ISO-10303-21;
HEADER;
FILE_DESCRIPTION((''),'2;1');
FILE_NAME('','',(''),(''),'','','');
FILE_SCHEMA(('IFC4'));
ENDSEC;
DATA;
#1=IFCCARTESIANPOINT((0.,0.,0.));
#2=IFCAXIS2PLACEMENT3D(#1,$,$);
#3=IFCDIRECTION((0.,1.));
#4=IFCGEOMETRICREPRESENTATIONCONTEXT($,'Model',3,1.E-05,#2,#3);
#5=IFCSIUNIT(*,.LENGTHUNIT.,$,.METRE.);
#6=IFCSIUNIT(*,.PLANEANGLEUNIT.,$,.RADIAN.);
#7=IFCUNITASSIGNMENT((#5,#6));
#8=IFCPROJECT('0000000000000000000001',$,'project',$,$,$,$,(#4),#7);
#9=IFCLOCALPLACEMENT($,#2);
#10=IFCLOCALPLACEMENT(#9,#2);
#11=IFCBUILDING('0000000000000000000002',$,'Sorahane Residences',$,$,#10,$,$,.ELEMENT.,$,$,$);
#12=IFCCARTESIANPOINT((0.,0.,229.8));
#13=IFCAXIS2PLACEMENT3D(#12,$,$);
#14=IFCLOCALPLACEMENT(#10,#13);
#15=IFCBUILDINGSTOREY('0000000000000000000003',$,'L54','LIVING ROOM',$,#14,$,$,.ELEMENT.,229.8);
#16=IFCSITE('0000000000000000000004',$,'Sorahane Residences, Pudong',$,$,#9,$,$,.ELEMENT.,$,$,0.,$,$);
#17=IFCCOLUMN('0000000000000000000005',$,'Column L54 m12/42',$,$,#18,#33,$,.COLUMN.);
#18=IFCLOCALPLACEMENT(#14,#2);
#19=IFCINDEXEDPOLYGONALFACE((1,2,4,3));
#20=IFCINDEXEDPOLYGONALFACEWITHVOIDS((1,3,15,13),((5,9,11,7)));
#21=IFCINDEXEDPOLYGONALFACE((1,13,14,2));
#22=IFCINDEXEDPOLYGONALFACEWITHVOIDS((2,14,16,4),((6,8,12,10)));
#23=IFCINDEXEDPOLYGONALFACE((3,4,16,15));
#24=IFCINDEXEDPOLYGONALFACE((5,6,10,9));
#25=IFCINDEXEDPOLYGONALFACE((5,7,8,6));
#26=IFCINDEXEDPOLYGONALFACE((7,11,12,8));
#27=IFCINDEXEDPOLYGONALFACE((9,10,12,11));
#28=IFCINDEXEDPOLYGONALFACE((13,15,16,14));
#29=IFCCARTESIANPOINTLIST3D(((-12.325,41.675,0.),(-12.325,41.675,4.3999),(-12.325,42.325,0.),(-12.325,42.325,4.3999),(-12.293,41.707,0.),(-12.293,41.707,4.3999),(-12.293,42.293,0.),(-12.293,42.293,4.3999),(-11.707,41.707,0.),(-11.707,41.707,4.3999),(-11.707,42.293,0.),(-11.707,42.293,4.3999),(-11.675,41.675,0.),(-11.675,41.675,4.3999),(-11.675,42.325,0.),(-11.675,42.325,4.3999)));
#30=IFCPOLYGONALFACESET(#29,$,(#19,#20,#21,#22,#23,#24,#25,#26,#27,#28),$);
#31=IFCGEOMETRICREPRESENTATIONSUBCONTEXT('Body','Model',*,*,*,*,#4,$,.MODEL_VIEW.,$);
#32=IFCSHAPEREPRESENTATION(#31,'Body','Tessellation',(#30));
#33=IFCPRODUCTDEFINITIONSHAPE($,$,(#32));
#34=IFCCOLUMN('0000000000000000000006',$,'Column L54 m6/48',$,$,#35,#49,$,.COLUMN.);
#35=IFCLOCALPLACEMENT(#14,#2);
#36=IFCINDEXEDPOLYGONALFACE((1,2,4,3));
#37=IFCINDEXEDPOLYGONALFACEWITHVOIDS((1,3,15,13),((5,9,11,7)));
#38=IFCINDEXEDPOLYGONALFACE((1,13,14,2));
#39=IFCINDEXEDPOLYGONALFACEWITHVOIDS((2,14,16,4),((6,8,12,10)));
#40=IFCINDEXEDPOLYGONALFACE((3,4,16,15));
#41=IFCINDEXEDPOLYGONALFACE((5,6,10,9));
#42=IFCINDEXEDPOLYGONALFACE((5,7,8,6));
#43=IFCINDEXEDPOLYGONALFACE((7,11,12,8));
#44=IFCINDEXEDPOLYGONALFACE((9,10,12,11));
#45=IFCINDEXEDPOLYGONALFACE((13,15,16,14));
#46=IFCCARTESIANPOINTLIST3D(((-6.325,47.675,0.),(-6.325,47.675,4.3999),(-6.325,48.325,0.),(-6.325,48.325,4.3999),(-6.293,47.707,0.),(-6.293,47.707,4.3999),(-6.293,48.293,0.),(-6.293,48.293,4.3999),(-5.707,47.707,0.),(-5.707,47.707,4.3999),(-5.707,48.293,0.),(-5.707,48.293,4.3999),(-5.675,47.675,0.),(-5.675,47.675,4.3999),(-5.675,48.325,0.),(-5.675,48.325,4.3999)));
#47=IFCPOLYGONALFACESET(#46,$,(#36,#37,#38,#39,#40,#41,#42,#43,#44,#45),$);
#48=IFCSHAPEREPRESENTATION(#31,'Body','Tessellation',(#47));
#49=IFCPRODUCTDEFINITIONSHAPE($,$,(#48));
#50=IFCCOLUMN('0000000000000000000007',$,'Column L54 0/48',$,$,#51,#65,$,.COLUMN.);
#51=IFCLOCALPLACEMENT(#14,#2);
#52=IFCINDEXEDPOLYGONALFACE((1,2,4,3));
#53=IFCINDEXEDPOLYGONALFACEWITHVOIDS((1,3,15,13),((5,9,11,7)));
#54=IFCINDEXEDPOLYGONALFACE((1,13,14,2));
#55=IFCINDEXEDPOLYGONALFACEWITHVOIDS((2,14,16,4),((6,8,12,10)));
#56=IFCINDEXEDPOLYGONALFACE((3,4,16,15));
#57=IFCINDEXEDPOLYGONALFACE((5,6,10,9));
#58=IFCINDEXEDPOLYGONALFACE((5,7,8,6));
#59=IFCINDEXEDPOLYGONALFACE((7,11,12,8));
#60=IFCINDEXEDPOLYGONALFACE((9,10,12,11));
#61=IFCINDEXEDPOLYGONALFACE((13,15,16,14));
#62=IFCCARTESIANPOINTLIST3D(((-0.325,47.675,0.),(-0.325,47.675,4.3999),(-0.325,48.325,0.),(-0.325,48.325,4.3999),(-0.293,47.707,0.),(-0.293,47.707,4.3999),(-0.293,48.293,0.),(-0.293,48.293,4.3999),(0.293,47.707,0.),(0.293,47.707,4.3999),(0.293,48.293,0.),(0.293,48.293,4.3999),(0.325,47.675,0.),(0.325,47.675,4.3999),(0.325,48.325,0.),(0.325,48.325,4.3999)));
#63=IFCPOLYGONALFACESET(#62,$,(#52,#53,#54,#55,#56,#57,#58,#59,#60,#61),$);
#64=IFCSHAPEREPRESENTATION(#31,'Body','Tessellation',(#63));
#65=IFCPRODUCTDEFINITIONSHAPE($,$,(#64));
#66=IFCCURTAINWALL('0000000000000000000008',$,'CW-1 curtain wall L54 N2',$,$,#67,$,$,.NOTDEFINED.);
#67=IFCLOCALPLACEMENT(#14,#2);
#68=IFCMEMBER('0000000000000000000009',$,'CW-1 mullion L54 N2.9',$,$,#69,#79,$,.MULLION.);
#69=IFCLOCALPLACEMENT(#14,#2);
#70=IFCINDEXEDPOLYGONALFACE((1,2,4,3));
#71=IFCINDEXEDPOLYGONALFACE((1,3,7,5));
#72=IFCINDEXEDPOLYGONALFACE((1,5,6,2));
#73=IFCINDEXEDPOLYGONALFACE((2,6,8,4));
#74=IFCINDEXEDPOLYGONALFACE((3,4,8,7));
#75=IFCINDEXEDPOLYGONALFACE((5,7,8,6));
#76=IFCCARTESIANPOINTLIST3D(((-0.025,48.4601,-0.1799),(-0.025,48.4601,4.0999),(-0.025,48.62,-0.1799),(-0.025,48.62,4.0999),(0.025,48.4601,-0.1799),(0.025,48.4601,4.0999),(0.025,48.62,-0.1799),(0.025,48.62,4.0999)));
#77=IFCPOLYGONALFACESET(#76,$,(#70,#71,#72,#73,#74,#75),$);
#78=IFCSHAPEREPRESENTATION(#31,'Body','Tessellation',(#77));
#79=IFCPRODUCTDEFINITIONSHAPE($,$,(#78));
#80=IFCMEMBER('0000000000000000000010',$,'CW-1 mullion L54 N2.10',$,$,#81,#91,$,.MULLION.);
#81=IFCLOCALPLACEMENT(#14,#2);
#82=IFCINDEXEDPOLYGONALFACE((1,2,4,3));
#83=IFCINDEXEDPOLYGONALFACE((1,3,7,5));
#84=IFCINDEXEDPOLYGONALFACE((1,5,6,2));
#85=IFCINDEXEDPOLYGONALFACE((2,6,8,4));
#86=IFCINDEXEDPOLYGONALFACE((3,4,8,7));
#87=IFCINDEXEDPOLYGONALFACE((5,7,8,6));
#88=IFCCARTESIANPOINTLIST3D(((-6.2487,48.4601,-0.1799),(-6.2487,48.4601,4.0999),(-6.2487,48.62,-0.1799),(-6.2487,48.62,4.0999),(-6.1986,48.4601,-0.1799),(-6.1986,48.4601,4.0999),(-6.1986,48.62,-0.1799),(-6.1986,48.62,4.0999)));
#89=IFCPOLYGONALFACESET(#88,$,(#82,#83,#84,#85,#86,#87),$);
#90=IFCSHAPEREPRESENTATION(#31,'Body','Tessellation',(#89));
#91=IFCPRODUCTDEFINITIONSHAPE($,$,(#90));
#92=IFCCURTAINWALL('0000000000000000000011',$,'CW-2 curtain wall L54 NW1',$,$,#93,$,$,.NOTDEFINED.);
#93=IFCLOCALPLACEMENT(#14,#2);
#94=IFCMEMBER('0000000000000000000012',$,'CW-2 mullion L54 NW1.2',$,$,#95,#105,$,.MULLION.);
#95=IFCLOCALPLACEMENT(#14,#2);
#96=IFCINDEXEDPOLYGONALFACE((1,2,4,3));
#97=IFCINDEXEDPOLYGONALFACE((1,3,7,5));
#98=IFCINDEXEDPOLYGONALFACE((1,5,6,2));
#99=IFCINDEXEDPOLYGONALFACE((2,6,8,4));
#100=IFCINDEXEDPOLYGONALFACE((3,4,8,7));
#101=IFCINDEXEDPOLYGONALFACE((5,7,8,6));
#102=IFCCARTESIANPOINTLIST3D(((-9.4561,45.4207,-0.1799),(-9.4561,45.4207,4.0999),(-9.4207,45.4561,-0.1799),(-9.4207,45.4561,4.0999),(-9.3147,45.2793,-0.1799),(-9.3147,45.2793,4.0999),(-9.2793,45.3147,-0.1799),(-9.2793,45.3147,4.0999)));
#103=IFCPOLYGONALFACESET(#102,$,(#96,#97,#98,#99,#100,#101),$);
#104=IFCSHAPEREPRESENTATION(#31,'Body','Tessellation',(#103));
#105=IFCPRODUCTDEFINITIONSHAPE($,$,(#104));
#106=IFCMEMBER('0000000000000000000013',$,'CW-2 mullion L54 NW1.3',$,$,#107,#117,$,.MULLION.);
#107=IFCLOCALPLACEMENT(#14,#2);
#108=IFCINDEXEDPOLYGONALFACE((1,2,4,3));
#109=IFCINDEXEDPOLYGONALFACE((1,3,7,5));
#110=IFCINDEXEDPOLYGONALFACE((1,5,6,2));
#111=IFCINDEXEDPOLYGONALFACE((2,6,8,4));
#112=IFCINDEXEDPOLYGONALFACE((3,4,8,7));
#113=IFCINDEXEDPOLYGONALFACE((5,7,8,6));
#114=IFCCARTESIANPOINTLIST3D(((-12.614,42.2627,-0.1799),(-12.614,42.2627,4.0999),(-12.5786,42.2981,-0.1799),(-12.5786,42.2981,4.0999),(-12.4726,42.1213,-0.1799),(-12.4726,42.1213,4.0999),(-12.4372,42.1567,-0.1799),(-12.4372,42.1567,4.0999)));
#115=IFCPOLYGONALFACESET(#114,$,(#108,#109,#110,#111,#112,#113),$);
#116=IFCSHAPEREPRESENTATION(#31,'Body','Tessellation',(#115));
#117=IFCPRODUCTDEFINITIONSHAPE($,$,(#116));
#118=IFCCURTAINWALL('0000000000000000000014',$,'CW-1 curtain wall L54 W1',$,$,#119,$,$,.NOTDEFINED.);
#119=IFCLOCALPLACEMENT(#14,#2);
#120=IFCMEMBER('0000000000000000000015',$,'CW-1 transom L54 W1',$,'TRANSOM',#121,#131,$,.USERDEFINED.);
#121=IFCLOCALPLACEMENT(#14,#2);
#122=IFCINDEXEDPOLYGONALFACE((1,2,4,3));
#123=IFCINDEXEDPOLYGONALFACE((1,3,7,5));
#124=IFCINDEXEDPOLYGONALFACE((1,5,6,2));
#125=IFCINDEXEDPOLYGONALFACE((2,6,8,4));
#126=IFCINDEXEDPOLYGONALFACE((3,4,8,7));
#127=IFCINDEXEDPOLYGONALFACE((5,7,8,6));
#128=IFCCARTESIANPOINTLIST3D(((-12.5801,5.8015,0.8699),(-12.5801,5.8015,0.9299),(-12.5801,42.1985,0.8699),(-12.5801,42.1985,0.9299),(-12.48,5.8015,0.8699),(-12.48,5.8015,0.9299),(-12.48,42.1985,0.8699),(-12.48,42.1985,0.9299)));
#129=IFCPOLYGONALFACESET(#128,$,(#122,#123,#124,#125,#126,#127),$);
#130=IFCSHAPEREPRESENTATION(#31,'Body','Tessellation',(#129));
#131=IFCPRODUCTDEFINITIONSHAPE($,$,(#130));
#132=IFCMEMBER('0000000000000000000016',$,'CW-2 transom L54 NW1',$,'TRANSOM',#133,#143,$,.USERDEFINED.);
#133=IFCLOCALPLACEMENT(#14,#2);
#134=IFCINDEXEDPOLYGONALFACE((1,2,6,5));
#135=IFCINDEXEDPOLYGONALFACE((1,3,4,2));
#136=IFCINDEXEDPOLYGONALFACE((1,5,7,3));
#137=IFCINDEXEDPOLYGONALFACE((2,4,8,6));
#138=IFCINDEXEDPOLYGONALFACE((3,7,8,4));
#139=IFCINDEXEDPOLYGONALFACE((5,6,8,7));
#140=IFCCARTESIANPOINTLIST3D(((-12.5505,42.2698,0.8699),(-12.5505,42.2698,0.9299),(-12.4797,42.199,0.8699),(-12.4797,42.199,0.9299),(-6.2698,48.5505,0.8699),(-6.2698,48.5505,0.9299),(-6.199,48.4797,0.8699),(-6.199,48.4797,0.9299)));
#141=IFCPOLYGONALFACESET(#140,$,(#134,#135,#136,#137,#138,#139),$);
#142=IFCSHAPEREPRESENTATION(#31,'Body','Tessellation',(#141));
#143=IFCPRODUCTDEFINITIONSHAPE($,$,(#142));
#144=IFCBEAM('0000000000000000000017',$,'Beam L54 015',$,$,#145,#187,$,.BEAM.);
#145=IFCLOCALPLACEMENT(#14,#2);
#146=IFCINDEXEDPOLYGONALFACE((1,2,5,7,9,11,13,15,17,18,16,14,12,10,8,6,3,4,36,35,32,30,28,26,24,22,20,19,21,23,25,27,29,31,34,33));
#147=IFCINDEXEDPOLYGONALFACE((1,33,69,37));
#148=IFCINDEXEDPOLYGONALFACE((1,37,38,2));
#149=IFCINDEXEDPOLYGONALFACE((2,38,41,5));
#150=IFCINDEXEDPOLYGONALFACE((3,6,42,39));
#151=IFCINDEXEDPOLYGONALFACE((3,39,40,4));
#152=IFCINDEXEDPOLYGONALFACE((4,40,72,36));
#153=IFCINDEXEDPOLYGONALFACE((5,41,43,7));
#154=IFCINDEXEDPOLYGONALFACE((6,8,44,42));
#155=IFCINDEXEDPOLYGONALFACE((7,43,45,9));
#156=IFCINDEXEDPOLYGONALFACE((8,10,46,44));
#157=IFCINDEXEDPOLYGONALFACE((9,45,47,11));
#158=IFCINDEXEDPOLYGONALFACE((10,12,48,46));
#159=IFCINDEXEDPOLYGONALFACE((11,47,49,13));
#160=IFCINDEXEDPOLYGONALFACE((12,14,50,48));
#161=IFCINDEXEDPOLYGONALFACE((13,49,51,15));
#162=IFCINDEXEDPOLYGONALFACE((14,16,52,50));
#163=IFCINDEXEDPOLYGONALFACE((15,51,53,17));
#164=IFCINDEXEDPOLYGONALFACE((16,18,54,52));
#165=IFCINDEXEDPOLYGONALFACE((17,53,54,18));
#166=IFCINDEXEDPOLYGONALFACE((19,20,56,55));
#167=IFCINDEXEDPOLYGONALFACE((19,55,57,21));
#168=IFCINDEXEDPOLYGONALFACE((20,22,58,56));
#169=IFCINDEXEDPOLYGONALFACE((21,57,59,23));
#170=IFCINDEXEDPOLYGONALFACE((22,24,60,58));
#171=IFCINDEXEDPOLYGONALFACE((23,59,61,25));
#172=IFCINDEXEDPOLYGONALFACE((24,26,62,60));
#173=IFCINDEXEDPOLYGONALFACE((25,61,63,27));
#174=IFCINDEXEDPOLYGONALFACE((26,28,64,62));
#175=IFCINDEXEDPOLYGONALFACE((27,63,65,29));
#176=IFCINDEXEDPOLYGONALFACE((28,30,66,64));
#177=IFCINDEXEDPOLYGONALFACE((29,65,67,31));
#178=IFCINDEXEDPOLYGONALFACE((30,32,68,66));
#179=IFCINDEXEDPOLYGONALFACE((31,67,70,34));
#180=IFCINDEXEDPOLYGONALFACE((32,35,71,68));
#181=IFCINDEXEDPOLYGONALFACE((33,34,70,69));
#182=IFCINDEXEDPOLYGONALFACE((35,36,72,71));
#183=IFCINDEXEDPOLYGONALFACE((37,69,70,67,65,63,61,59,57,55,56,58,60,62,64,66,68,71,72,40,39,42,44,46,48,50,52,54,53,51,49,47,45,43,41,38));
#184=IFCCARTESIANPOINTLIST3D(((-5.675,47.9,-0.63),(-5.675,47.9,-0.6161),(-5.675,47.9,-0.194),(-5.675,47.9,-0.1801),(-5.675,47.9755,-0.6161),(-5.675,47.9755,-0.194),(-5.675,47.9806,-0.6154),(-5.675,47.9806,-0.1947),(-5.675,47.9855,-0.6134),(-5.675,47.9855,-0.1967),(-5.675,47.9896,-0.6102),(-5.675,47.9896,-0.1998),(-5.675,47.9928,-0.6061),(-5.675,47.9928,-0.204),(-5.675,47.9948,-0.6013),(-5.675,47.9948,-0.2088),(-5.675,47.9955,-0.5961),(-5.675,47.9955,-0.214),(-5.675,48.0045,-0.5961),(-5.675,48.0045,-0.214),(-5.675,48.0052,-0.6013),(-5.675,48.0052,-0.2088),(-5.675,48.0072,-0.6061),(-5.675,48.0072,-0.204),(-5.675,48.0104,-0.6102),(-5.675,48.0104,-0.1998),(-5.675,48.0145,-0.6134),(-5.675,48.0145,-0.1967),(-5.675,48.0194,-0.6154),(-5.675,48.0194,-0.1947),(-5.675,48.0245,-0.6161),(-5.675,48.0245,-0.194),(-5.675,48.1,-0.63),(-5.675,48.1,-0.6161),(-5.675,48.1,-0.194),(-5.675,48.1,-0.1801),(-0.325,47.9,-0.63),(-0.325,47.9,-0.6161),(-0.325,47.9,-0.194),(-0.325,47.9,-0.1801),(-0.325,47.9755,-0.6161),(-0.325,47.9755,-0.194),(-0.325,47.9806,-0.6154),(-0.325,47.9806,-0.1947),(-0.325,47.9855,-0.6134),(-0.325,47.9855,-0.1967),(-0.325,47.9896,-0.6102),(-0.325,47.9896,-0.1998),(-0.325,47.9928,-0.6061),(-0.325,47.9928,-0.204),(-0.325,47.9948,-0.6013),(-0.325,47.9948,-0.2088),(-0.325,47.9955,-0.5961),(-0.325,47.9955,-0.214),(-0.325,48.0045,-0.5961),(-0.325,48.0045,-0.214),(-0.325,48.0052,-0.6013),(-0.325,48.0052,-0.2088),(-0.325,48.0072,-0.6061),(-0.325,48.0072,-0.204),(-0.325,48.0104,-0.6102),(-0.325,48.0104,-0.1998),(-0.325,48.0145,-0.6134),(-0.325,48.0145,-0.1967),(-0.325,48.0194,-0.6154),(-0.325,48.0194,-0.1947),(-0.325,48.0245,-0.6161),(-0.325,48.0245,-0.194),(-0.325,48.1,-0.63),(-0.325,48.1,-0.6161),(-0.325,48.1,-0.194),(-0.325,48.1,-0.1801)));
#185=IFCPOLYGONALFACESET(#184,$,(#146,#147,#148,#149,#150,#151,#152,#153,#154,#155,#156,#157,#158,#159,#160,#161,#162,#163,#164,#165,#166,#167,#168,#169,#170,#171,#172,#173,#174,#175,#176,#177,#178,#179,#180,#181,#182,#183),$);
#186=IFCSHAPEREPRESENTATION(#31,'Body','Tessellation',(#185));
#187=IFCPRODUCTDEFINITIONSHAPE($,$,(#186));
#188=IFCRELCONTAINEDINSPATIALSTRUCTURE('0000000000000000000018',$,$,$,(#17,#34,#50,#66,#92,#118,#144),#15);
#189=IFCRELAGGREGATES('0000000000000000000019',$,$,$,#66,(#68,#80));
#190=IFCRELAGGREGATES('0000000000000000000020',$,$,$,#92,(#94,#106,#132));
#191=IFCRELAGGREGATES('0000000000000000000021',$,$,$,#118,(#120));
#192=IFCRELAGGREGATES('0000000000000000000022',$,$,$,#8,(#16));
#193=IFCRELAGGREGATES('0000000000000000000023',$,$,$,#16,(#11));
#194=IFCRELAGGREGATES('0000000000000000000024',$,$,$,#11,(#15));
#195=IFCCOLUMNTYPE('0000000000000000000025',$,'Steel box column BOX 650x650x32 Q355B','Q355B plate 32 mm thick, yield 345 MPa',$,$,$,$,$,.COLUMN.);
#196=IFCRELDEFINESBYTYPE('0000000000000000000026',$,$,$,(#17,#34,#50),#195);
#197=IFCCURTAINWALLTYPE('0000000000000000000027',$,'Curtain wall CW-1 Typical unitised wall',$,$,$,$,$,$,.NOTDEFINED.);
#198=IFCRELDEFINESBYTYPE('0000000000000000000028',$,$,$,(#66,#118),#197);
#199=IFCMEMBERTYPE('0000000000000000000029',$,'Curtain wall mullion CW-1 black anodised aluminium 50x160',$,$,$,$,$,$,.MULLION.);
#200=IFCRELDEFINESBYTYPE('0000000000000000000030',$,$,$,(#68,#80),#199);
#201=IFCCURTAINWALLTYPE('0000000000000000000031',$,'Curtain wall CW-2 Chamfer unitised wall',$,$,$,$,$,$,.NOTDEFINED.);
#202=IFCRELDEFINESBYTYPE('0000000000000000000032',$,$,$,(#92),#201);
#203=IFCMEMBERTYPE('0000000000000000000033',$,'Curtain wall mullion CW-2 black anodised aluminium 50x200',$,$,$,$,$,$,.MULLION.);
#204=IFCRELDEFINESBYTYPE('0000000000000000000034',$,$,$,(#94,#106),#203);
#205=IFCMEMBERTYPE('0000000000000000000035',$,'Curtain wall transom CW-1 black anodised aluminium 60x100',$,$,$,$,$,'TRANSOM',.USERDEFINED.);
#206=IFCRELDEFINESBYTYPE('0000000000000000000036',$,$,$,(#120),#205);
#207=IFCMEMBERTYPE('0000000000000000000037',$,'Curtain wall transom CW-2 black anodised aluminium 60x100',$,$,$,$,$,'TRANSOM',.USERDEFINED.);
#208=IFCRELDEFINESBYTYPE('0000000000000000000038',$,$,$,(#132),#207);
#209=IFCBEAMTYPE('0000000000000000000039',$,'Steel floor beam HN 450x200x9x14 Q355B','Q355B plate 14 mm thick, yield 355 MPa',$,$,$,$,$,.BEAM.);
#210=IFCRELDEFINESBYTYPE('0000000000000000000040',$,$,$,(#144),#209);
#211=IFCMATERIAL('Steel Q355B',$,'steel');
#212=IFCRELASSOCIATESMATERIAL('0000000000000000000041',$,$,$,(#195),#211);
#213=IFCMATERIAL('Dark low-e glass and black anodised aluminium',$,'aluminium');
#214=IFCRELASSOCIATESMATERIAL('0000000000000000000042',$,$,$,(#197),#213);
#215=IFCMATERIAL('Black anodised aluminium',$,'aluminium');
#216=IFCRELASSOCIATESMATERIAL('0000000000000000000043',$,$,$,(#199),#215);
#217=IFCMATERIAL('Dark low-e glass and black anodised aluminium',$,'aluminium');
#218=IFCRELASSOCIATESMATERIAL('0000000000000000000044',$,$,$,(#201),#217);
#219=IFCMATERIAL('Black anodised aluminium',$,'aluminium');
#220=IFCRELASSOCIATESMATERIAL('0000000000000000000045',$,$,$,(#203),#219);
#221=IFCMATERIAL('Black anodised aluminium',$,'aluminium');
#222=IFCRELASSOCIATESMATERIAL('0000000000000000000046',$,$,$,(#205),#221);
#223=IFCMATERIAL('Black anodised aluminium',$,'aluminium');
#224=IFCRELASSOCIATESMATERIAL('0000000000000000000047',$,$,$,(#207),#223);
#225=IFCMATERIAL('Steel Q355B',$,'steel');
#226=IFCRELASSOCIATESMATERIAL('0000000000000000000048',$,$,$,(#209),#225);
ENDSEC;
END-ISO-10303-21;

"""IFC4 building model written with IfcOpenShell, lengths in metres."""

from ifc_helpers import new_model, si_unit, direction, frame, origin, origin_2d, place, context, subcontext, project, spatial, rectangle, hollow_rectangle, i_section, extrude, material, material_profile, profile_set, type_object, element, aggregate, save


model = new_model("IFC4")

# Units and contexts
model_context = context("Model", 3, precision=1e-05, world=origin(), true_north=direction((0.0, 1.0)))
body_context = subcontext(model_context, "Body", "Model", "MODEL_VIEW")
ifc_project = project(units=[si_unit("LENGTHUNIT", "METRE"), si_unit("PLANEANGLEUNIT", "RADIAN")], contexts=[model_context])

# Site, building, storey
site_placement = place(None, origin())
site = spatial("IfcSite", under=ifc_project, at=site_placement, Name="Sorahane Residences, Pudong", CompositionType="ELEMENT", RefElevation=0.0)
building_placement = place(site_placement, origin())
building = spatial("IfcBuilding", under=site, at=building_placement, Name="Sorahane Residences", CompositionType="ELEMENT")
storey_placement = place(building_placement, frame((0.0, 0.0, 229.8)))
storey = spatial("IfcBuildingStorey", under=building, at=storey_placement, Name="L54", Description="LIVING ROOM", CompositionType="ELEMENT", Elevation=229.8)

# Columns
ifc_material_1 = material(Name="Steel Q355B", Category="steel")
ifc_material_profile_1 = material_profile(ifc_material_1, hollow_rectangle(XDim=0.6499, YDim=0.6499, WallThickness=0.032, at=origin_2d()), Name="BOX 650x650x32")
ifc_profile_set_1 = profile_set([ifc_material_profile_1], Name="Steel Q355B")
column_type = type_object("IfcColumnType", Name="Steel box column BOX 650x650x32 Q355B", Description="Q355B plate 32 mm thick, yield 345 MPa", PredefinedType="COLUMN", material=ifc_profile_set_1)
for number, where, z_axis, x_axis, name in (
    (1, (-12.0, 42.0, 0.0), (0.0, 0.0, 1.0), (1.0, 0.0, 0.0), "Column L54 m12/42"),
    (2, (-6.0, 48.0, 0.0), (0.0, 0.0, 1.0), (1.0, 0.0, 0.0), "Column L54 m6/48"),
    (3, (0.0, 48.0, 0.0), (0.0, 0.0, 1.0), (1.0, 0.0, 0.0), "Column L54 0/48"),
):
    element("IfcColumn", number, at=place(storey_placement, frame(where, z_axis=z_axis, x_axis=x_axis)), inside=storey, type_object=column_type, Name=name, PredefinedType="COLUMN", context=body_context, shape_type="SweptSolid", body=[
        extrude(hollow_rectangle(XDim=0.6499, YDim=0.6499, WallThickness=0.032, at=origin_2d()), origin(), (0.0, 0.0, 1.0), 4.3999),
    ])

# Curtain walls, members
ifc_material_2 = material(Name="Dark low-e glass and black anodised aluminium", Category="aluminium")
curtain_wall_type_1 = type_object("IfcCurtainWallType", Name="Curtain wall CW-1 Typical unitised wall", PredefinedType="NOTDEFINED", material=ifc_material_2)
curtain_wall_1_placement = place(storey_placement, origin())
curtain_wall_1 = element("IfcCurtainWall", 4, at=curtain_wall_1_placement, inside=storey, type_object=curtain_wall_type_1, Name="CW-1 curtain wall L54 N2", PredefinedType="NOTDEFINED")
ifc_material_3 = material(Name="Black anodised aluminium", Category="aluminium")
ifc_material_profile_2 = material_profile(ifc_material_3, rectangle(XDim=0.1599, YDim=0.05, at=origin_2d()), Name="Curtain wall mullion CW-1 black anodised aluminium 50x160")
ifc_profile_set_2 = profile_set([ifc_material_profile_2], Name="Black anodised aluminium")
member_type_1 = type_object("IfcMemberType", Name="Curtain wall mullion CW-1 black anodised aluminium 50x160", PredefinedType="MULLION", material=ifc_profile_set_2)
member_1_placement = place(storey_placement, frame((0.0, 48.54, -0.1799), z_axis=(0.0, 0.0, 1.0), x_axis=(0.0, 1.0, 0.0)))
member_1 = element("IfcMember", 5, at=member_1_placement, type_object=member_type_1, Name="CW-1 mullion L54 N2.9", PredefinedType="MULLION", context=body_context, shape_type="SweptSolid", body=[
    extrude(rectangle(XDim=0.1599, YDim=0.05, at=origin_2d()), origin(), (0.0, 0.0, 1.0), 4.2798),
])
member_2_placement = place(storey_placement, frame((-6.2236, 48.54, -0.1799), z_axis=(0.0, 0.0, 1.0), x_axis=(0.0, 1.0, 0.0)))
member_2 = element("IfcMember", 6, at=member_2_placement, type_object=member_type_1, Name="CW-1 mullion L54 N2.10", PredefinedType="MULLION", context=body_context, shape_type="SweptSolid", body=[
    extrude(rectangle(XDim=0.1599, YDim=0.05, at=origin_2d()), origin(), (0.0, 0.0, 1.0), 4.2798),
])
ifc_material_4 = material(Name="Dark low-e glass and black anodised aluminium", Category="aluminium")
curtain_wall_type_2 = type_object("IfcCurtainWallType", Name="Curtain wall CW-2 Chamfer unitised wall", PredefinedType="NOTDEFINED", material=ifc_material_4)
curtain_wall_2_placement = place(storey_placement, origin())
curtain_wall_2 = element("IfcCurtainWall", 7, at=curtain_wall_2_placement, inside=storey, type_object=curtain_wall_type_2, Name="CW-2 curtain wall L54 NW1", PredefinedType="NOTDEFINED")
ifc_material_5 = material(Name="Black anodised aluminium", Category="aluminium")
ifc_material_profile_3 = material_profile(ifc_material_5, rectangle(XDim=0.2, YDim=0.05, at=origin_2d()), Name="Curtain wall mullion CW-2 black anodised aluminium 50x200")
ifc_profile_set_3 = profile_set([ifc_material_profile_3], Name="Black anodised aluminium")
member_type_2 = type_object("IfcMemberType", Name="Curtain wall mullion CW-2 black anodised aluminium 50x200", PredefinedType="MULLION", material=ifc_profile_set_3)
member_3_placement = place(storey_placement, frame((-9.3677, 45.3677, -0.1799), z_axis=(0.0, 0.0, 1.0), x_axis=(-0.707107, 0.707107, 0.0)))
member_3 = element("IfcMember", 8, at=member_3_placement, type_object=member_type_2, Name="CW-2 mullion L54 NW1.2", PredefinedType="MULLION", context=body_context, shape_type="SweptSolid", body=[
    extrude(rectangle(XDim=0.2, YDim=0.05, at=origin_2d()), origin(), (0.0, 0.0, 1.0), 4.2798),
])
member_4_placement = place(storey_placement, frame((-12.5256, 42.2097, -0.1799), z_axis=(0.0, 0.0, 1.0), x_axis=(-0.707107, 0.707107, 0.0)))
member_4 = element("IfcMember", 9, at=member_4_placement, type_object=member_type_2, Name="CW-2 mullion L54 NW1.3", PredefinedType="MULLION", context=body_context, shape_type="SweptSolid", body=[
    extrude(rectangle(XDim=0.2, YDim=0.05, at=origin_2d()), origin(), (0.0, 0.0, 1.0), 4.2798),
])

# Curtain wall, member
curtain_wall_3_placement = place(storey_placement, origin())
curtain_wall_3 = element("IfcCurtainWall", 10, at=curtain_wall_3_placement, inside=storey, type_object=curtain_wall_type_1, Name="CW-1 curtain wall L54 W1", PredefinedType="NOTDEFINED")
ifc_material_6 = material(Name="Black anodised aluminium", Category="aluminium")
ifc_material_profile_4 = material_profile(ifc_material_6, rectangle(XDim=0.1001, YDim=0.0601, at=origin_2d()), Name="Curtain wall transom CW-1 black anodised aluminium 60x100")
ifc_profile_set_4 = profile_set([ifc_material_profile_4], Name="Black anodised aluminium")
member_type_3 = type_object("IfcMemberType", Name="Curtain wall transom CW-1 black anodised aluminium 60x100", ElementType="TRANSOM", PredefinedType="USERDEFINED", material=ifc_profile_set_4)
member_5_placement = place(storey_placement, frame((-12.53, 42.1985, 0.8999), z_axis=(0.0, -1.0, 0.0), x_axis=(1.0, 0.0, 0.0)))
member_5 = element("IfcMember", 11, at=member_5_placement, type_object=member_type_3, Name="CW-1 transom L54 W1", ObjectType="TRANSOM", PredefinedType="USERDEFINED", context=body_context, shape_type="SweptSolid", body=[
    extrude(rectangle(XDim=0.1001, YDim=0.0601, at=origin_2d()), origin(), (0.0, 0.0, 1.0), 36.397),
])

# Member
ifc_material_7 = material(Name="Black anodised aluminium", Category="aluminium")
ifc_material_profile_5 = material_profile(ifc_material_7, rectangle(XDim=0.1001, YDim=0.0601, at=origin_2d()), Name="Curtain wall transom CW-2 black anodised aluminium 60x100")
ifc_profile_set_5 = profile_set([ifc_material_profile_5], Name="Black anodised aluminium")
member_type_4 = type_object("IfcMemberType", Name="Curtain wall transom CW-2 black anodised aluminium 60x100", ElementType="TRANSOM", PredefinedType="USERDEFINED", material=ifc_profile_set_5)
member_6_placement = place(storey_placement, frame((-6.2344, 48.5151, 0.8999), z_axis=(-0.707107, -0.707107, 0.0), x_axis=(0.707107, -0.707107, 0.0)))
member_6 = element("IfcMember", 12, at=member_6_placement, type_object=member_type_4, Name="CW-2 transom L54 NW1", ObjectType="TRANSOM", PredefinedType="USERDEFINED", context=body_context, shape_type="SweptSolid", body=[
    extrude(rectangle(XDim=0.1001, YDim=0.0601, at=origin_2d()), origin(), (0.0, 0.0, 1.0), 8.8823),
])

# Beam
ifc_material_8 = material(Name="Steel Q355B", Category="steel")
ifc_material_profile_6 = material_profile(ifc_material_8, i_section(OverallWidth=0.2, OverallDepth=0.45, WebThickness=0.009, FlangeThickness=0.0139, FilletRadius=0.02, at=origin_2d()), Name="HN 450x200x9x14")
ifc_profile_set_6 = profile_set([ifc_material_profile_6], Name="Steel Q355B")
beam_type_1 = type_object("IfcBeamType", Name="Steel floor beam HN 450x200x9x14 Q355B", Description="Q355B plate 14 mm thick, yield 355 MPa", PredefinedType="BEAM", material=ifc_profile_set_6)
beam_1_placement = place(storey_placement, frame((-5.675, 48.0, -0.405), z_axis=(1.0, 0.0, 0.0), x_axis=(0.0, 1.0, 0.0)))
element("IfcBeam", 13, at=beam_1_placement, inside=storey, type_object=beam_type_1, Name="Beam L54 015", PredefinedType="BEAM", context=body_context, shape_type="SweptSolid", body=[
    extrude(i_section(OverallWidth=0.2, OverallDepth=0.45, WebThickness=0.009, FlangeThickness=0.0139, FilletRadius=0.02, at=origin_2d()), origin(), (0.0, 0.0, 1.0), 5.3501),
])

aggregate(curtain_wall_1, [member_1, member_2])
aggregate(curtain_wall_2, [member_3, member_4, member_6])
aggregate(curtain_wall_3, [member_5])

save(model, "model.ifc")
